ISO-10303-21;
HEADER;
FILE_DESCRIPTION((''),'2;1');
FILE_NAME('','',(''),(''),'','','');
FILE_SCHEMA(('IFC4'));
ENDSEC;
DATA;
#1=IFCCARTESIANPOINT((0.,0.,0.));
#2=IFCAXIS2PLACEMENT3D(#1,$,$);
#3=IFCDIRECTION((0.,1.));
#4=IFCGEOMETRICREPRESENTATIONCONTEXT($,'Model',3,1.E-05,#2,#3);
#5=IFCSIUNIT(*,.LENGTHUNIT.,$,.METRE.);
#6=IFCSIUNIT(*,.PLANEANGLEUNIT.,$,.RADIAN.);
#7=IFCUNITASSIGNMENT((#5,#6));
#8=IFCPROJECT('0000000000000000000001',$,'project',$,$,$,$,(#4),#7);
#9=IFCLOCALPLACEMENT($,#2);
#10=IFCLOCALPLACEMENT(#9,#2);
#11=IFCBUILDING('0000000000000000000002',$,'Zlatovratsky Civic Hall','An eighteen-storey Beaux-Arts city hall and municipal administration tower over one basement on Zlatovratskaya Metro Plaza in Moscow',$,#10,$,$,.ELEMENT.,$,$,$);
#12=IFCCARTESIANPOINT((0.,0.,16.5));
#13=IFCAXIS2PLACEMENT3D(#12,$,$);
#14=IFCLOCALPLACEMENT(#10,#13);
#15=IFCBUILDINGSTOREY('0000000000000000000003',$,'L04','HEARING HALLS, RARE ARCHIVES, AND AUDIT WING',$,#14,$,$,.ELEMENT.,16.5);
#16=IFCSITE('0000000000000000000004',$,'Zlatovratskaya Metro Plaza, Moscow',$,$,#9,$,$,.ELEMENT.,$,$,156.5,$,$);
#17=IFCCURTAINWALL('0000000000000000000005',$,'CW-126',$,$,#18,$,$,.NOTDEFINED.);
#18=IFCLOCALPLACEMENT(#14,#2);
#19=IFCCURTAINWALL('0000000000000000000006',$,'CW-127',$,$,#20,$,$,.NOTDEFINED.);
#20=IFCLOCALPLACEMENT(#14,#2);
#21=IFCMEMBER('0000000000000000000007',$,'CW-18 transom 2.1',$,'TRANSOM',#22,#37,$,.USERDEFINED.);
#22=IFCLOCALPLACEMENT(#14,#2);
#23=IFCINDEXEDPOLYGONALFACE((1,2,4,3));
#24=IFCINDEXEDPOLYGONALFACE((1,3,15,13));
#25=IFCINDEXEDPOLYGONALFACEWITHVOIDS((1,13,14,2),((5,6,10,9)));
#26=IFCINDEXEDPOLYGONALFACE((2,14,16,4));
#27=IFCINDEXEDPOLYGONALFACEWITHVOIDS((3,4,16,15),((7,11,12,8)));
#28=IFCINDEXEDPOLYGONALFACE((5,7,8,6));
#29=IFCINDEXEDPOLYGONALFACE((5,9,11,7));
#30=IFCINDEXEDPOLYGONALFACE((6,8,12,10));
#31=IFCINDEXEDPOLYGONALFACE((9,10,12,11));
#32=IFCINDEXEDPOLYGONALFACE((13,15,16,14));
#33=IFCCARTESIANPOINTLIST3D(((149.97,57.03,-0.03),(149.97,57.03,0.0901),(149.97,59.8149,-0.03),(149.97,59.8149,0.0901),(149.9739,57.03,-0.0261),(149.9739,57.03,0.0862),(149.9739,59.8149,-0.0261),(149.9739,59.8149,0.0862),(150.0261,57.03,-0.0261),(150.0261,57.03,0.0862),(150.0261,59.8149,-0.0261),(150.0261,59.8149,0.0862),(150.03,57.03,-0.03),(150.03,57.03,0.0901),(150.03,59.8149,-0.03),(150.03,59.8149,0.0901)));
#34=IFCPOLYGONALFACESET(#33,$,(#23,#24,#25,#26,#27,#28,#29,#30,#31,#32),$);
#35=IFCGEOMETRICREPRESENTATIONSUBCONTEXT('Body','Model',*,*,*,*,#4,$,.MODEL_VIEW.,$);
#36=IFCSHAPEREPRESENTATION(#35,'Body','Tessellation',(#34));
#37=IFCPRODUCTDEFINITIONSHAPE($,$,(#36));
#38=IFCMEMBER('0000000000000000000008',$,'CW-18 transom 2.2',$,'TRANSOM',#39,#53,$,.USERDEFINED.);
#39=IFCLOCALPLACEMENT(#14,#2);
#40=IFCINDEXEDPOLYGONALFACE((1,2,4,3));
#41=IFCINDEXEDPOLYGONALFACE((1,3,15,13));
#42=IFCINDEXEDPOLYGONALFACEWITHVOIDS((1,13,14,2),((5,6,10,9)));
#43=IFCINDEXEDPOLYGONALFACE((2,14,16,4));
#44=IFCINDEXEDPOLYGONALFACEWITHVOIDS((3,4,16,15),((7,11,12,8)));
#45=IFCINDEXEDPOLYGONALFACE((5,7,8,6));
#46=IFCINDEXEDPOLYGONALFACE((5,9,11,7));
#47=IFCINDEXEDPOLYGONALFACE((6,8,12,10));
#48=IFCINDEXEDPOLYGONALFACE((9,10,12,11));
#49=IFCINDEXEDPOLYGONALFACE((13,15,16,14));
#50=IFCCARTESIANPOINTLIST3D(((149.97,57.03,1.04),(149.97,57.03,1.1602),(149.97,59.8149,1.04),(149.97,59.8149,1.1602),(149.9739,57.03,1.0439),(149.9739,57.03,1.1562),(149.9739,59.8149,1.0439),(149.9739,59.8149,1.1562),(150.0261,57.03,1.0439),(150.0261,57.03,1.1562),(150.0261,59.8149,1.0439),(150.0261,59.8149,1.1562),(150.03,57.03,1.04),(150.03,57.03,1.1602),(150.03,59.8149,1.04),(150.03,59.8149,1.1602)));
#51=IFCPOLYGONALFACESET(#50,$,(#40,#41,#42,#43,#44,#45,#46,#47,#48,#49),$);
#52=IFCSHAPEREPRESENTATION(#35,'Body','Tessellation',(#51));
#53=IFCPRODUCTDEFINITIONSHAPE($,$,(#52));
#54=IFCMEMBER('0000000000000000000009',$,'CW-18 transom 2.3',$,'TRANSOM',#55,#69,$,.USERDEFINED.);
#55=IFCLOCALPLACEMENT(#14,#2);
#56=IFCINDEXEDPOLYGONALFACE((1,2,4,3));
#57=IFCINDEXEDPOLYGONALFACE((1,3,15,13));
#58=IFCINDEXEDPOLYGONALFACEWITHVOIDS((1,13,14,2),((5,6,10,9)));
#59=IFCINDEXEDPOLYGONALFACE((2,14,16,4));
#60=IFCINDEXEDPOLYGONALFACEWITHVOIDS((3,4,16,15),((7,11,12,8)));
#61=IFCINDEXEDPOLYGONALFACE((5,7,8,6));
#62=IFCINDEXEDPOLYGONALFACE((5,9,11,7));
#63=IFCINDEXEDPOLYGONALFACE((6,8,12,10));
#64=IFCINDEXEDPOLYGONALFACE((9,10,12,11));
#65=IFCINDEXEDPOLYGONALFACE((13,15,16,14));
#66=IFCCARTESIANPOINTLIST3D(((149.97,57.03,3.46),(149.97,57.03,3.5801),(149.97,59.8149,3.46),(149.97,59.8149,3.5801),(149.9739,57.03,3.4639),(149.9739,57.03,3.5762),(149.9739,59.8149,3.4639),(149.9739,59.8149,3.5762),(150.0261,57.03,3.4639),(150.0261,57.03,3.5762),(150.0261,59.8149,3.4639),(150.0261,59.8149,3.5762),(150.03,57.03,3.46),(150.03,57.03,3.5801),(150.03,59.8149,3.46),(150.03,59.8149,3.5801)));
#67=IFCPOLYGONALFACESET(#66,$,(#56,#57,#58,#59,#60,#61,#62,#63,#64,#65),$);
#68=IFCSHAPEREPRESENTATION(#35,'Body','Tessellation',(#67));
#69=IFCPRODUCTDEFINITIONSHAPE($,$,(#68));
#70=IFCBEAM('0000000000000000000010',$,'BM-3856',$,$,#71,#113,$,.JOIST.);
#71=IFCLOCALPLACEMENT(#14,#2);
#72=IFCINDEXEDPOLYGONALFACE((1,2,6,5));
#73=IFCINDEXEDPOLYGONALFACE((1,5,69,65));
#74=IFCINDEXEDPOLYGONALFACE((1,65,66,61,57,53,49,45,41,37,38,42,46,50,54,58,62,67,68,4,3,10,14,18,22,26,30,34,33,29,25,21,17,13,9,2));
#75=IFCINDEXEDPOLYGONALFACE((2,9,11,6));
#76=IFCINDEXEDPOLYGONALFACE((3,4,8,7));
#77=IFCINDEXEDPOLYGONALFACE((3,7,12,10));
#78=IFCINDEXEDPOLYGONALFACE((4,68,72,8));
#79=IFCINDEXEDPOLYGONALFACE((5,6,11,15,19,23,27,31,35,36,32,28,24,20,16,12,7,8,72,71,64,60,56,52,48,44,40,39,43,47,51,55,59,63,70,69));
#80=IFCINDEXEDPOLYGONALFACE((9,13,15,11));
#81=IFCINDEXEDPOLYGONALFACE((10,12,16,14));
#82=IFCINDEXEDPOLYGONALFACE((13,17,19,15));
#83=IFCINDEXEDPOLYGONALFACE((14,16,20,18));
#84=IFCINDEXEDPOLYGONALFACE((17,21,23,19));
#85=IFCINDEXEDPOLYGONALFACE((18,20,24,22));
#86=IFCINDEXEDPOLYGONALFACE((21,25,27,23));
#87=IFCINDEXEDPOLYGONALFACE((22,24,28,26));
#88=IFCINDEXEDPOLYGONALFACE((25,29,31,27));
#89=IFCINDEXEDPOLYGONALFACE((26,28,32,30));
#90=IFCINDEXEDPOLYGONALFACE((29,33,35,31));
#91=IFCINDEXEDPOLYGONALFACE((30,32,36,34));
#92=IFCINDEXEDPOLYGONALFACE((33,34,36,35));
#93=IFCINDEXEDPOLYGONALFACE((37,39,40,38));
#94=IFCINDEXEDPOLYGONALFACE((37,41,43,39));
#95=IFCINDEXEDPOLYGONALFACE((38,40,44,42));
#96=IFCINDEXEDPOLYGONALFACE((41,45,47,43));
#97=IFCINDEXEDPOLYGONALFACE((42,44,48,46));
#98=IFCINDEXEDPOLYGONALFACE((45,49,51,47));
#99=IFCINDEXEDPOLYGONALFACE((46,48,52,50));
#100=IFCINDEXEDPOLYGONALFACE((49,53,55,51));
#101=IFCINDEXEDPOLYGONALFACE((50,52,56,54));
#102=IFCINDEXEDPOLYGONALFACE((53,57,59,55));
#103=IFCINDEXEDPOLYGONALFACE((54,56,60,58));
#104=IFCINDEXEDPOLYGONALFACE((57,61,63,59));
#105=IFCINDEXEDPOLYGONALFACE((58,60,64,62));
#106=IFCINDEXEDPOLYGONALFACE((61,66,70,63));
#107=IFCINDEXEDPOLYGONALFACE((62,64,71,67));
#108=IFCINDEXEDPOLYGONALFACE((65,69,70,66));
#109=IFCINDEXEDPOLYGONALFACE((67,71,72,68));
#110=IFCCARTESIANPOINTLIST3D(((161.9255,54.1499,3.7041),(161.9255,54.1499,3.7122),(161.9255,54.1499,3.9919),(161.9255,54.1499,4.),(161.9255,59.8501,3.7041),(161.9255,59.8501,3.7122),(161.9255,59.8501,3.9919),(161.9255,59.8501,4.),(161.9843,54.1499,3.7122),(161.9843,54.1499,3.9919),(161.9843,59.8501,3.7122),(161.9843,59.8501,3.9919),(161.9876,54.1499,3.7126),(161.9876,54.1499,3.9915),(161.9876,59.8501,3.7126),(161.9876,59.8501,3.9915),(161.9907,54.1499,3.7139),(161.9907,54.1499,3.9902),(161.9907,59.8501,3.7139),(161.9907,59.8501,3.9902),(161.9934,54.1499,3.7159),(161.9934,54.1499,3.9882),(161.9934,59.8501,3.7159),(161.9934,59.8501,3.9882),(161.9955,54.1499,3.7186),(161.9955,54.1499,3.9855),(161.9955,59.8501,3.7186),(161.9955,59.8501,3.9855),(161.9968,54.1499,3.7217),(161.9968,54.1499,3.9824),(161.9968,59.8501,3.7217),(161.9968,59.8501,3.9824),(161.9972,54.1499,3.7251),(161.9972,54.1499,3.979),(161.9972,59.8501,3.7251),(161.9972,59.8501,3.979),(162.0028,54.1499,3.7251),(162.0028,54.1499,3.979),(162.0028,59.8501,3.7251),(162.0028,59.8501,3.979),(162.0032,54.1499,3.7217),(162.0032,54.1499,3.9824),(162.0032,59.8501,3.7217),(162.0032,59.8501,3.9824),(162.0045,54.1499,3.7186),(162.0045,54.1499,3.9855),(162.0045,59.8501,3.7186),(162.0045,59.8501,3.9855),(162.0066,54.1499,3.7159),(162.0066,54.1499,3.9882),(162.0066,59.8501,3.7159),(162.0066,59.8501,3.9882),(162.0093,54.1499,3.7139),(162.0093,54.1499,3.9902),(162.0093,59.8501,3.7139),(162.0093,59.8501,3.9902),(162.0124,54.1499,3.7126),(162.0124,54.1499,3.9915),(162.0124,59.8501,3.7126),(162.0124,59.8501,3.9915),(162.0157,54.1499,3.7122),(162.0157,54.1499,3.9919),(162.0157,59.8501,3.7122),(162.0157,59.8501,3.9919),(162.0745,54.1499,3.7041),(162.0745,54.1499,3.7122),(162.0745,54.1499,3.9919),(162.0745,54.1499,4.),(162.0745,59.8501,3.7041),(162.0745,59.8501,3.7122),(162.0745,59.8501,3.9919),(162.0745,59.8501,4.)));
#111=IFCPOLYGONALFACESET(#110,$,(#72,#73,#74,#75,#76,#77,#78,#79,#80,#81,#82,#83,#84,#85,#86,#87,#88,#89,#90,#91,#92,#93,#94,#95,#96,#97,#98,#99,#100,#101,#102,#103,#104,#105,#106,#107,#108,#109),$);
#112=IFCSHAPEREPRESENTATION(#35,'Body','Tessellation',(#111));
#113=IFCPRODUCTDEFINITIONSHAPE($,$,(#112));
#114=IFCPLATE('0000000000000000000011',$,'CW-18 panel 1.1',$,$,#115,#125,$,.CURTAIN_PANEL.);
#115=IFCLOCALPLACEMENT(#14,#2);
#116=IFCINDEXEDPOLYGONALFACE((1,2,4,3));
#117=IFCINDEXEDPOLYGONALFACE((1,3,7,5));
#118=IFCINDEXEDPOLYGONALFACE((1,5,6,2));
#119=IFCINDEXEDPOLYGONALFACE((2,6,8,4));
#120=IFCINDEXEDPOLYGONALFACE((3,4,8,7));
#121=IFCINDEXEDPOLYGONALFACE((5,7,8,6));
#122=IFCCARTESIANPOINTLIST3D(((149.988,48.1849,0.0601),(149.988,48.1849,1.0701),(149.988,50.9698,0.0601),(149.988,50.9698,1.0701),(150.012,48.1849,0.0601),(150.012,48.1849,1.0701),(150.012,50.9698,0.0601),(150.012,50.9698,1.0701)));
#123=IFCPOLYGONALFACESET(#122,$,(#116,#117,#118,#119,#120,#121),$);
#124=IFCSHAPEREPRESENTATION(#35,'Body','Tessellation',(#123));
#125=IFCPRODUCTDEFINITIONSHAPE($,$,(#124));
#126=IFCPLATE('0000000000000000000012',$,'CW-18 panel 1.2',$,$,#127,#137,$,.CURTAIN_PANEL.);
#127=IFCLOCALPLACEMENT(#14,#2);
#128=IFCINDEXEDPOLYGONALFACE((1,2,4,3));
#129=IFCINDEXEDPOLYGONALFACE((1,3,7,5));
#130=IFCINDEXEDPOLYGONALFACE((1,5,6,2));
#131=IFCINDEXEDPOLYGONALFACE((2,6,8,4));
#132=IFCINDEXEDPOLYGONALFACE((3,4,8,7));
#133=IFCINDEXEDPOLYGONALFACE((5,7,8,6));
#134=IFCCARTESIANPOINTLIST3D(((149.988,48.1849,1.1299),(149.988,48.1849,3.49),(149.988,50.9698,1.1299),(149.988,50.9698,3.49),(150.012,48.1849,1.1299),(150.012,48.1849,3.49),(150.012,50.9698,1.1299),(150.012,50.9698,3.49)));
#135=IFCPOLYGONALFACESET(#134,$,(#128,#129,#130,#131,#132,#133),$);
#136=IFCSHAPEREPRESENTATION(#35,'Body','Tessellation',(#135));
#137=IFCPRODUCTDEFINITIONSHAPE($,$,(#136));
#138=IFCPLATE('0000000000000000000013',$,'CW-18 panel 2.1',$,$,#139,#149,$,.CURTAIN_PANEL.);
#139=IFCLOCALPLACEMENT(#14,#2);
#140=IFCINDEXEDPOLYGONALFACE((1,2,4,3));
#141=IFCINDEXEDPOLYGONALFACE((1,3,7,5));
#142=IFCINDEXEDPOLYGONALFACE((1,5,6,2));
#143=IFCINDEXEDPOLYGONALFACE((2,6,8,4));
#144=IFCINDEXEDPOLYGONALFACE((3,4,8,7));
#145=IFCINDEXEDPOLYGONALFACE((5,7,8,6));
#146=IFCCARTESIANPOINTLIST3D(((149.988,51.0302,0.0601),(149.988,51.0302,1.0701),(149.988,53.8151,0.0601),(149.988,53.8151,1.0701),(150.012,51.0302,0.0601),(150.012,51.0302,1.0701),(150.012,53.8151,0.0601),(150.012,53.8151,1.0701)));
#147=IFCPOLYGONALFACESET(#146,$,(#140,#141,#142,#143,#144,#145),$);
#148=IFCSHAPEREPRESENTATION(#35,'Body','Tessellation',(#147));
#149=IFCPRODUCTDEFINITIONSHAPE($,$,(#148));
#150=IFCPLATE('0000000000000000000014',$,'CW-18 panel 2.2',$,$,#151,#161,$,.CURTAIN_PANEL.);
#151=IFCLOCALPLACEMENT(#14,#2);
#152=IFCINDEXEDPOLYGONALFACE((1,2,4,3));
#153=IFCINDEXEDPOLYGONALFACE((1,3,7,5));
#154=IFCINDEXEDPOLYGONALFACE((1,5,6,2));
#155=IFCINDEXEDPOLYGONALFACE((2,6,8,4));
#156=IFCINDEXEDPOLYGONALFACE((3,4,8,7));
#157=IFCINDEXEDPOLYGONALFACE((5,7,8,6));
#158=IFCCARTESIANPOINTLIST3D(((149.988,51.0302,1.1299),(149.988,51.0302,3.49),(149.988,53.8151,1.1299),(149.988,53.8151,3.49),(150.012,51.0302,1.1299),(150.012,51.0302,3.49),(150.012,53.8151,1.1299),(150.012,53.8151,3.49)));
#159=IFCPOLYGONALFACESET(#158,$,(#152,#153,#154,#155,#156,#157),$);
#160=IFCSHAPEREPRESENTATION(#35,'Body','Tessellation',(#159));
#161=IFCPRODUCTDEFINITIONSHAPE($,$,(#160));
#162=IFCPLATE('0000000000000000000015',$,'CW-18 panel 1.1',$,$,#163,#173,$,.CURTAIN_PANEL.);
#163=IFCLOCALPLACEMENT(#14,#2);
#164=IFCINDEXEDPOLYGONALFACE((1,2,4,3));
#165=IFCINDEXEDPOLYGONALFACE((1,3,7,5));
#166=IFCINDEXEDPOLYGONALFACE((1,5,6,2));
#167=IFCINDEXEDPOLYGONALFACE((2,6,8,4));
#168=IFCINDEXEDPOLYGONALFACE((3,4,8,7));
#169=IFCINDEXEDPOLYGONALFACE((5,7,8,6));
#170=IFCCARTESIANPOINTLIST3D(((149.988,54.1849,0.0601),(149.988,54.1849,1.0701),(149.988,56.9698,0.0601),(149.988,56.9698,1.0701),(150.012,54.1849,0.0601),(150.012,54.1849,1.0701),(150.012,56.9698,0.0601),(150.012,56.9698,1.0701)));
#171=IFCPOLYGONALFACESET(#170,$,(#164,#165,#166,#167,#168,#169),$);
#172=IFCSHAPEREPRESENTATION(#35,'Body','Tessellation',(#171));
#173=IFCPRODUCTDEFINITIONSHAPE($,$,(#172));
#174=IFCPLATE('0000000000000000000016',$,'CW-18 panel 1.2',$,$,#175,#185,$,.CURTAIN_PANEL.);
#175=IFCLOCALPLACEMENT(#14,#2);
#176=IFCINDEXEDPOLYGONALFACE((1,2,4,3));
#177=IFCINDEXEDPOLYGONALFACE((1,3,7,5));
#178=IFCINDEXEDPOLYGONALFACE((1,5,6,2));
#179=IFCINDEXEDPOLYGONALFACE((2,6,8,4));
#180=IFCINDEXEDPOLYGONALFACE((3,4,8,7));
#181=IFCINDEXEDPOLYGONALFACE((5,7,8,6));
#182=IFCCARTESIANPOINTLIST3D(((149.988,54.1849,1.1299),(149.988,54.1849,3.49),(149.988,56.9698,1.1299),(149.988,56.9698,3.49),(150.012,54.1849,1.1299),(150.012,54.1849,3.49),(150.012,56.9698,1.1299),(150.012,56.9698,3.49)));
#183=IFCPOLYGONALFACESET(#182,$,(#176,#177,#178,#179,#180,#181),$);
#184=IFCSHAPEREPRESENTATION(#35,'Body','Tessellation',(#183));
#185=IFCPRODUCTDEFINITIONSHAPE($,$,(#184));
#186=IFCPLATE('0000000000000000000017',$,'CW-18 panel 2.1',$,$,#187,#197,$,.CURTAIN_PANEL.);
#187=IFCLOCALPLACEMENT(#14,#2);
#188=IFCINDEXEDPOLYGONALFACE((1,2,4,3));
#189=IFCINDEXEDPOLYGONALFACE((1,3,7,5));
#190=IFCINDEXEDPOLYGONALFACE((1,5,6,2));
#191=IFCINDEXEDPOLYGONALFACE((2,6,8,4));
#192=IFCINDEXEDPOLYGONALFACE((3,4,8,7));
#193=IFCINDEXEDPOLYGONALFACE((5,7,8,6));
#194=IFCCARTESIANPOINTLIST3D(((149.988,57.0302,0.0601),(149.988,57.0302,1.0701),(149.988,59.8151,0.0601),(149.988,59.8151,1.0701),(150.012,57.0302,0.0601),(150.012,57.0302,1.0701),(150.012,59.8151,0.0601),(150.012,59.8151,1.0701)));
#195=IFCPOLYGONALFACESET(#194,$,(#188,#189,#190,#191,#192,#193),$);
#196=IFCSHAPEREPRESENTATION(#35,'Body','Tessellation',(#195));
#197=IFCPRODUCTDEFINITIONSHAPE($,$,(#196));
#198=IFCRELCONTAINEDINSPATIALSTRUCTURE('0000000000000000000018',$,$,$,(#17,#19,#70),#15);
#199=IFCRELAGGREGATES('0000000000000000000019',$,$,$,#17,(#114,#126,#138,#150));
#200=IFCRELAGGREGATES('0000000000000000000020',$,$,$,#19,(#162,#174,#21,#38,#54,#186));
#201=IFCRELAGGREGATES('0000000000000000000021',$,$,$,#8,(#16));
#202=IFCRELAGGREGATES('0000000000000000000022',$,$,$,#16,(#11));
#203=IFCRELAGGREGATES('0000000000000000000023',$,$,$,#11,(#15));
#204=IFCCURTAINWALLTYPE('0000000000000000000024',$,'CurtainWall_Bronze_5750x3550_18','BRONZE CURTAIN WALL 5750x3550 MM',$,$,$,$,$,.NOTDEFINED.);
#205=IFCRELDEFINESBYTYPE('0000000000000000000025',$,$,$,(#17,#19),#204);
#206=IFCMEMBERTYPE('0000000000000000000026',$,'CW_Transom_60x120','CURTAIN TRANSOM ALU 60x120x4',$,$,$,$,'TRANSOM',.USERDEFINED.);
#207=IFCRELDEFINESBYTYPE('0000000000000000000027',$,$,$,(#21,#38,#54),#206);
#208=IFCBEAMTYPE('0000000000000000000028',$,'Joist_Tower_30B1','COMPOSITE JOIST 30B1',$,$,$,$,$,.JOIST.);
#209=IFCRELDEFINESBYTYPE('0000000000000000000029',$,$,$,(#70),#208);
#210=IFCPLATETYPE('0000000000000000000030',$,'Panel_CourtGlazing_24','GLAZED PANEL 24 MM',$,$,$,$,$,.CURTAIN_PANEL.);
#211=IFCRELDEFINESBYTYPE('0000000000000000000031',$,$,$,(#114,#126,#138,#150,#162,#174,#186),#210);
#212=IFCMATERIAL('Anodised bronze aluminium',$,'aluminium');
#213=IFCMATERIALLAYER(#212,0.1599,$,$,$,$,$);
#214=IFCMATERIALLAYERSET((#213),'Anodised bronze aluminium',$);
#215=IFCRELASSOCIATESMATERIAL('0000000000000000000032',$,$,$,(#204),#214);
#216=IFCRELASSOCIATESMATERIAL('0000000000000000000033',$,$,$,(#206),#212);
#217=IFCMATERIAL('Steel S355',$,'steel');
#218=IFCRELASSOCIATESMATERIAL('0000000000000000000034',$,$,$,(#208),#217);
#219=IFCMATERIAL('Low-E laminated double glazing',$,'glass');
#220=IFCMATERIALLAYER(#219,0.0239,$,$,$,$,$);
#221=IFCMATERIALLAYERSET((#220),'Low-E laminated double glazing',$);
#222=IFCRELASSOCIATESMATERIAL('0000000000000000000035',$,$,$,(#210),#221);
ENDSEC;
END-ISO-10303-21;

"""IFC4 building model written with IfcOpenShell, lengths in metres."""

from ifc_helpers import new_model, si_unit, direction, frame, origin, origin_2d, place, context, subcontext, project, spatial, rectangle, hollow_rectangle, i_section, extrude, material, layer, layer_set, material_profile, profile_set, type_object, element, aggregate, save


model = new_model("IFC4")

# Units and contexts
model_context = context("Model", 3, precision=1e-05, world=origin(), true_north=direction((0.0, 1.0)))
body_context = subcontext(model_context, "Body", "Model", "MODEL_VIEW")
ifc_project = project(units=[si_unit("LENGTHUNIT", "METRE"), si_unit("PLANEANGLEUNIT", "RADIAN")], contexts=[model_context])

# Site, building, storey
site_placement = place(None, origin())
site = spatial("IfcSite", under=ifc_project, at=site_placement, Name="Zlatovratskaya Metro Plaza, Moscow", CompositionType="ELEMENT", RefElevation=156.5)
building_placement = place(site_placement, origin())
building = spatial("IfcBuilding", under=site, at=building_placement, Name="Zlatovratsky Civic Hall", Description="An eighteen-storey Beaux-Arts city hall and municipal administration tower over one basement on Zlatovratskaya Metro Plaza in Moscow", CompositionType="ELEMENT")
storey_placement = place(building_placement, frame((0.0, 0.0, 16.5)))
storey = spatial("IfcBuildingStorey", under=building, at=storey_placement, Name="L04", Description="HEARING HALLS, RARE ARCHIVES, AND AUDIT WING", CompositionType="ELEMENT", Elevation=16.5)

# Shared definitions
ifc_material_1 = material(Name="Steel S355", Category="steel")

# Curtain walls
ifc_material_2 = material(Name="Anodised bronze aluminium", Category="aluminium")
ifc_layer_1 = layer(ifc_material_2, 0.1599)
ifc_layer_set_1 = layer_set([ifc_layer_1], Name="Anodised bronze aluminium")
curtain_wall_type = type_object("IfcCurtainWallType", Name="CurtainWall_Bronze_5750x3550_18", Description="BRONZE CURTAIN WALL 5750x3550 MM", PredefinedType="NOTDEFINED", material=ifc_layer_set_1)
curtain_wall_1_placement = place(storey_placement, origin())
curtain_wall_1 = element("IfcCurtainWall", 1, at=curtain_wall_1_placement, inside=storey, type_object=curtain_wall_type, Name="CW-126", PredefinedType="NOTDEFINED")
curtain_wall_2_placement = place(storey_placement, origin())
curtain_wall_2 = element("IfcCurtainWall", 2, at=curtain_wall_2_placement, inside=storey, type_object=curtain_wall_type, Name="CW-127", PredefinedType="NOTDEFINED")

# Members
ifc_material_profile_1 = material_profile(ifc_material_2, hollow_rectangle(XDim=0.0601, YDim=0.1201, WallThickness=0.0039, at=origin_2d()), Name="ALU 60x120x4")
ifc_profile_set_1 = profile_set([ifc_material_profile_1], Name="Anodised bronze aluminium")
member_type_1 = type_object("IfcMemberType", Name="CW_Transom_60x120", Description="CURTAIN TRANSOM ALU 60x120x4", ElementType="TRANSOM", PredefinedType="USERDEFINED", material=ifc_profile_set_1)
member_1_placement = place(storey_placement, frame((150.0, 57.03, 0.03), z_axis=(0.0, 1.0, 0.0), x_axis=(-1.0, 0.0, 0.0)))
member_1 = element("IfcMember", 3, at=member_1_placement, type_object=member_type_1, Name="CW-18 transom 2.1", ObjectType="TRANSOM", PredefinedType="USERDEFINED", context=body_context, shape_type="SweptSolid", body=[
    extrude(hollow_rectangle(XDim=0.0601, YDim=0.1201, WallThickness=0.0039, at=origin_2d()), origin(), (0.0, 0.0, 1.0), 2.7849),
])
member_2_placement = place(storey_placement, frame((150.0, 57.03, 1.1001), z_axis=(0.0, 1.0, 0.0), x_axis=(-1.0, 0.0, 0.0)))
member_2 = element("IfcMember", 4, at=member_2_placement, type_object=member_type_1, Name="CW-18 transom 2.2", ObjectType="TRANSOM", PredefinedType="USERDEFINED", context=body_context, shape_type="SweptSolid", body=[
    extrude(hollow_rectangle(XDim=0.0601, YDim=0.1201, WallThickness=0.0039, at=origin_2d()), origin(), (0.0, 0.0, 1.0), 2.7849),
])
member_3_placement = place(storey_placement, frame((150.0, 57.03, 3.52), z_axis=(0.0, 1.0, 0.0), x_axis=(-1.0, 0.0, 0.0)))
member_3 = element("IfcMember", 5, at=member_3_placement, type_object=member_type_1, Name="CW-18 transom 2.3", ObjectType="TRANSOM", PredefinedType="USERDEFINED", context=body_context, shape_type="SweptSolid", body=[
    extrude(hollow_rectangle(XDim=0.0601, YDim=0.1201, WallThickness=0.0039, at=origin_2d()), origin(), (0.0, 0.0, 1.0), 2.7849),
])

# Beam
ifc_material_profile_2 = material_profile(ifc_material_1, i_section(OverallWidth=0.1489, OverallDepth=0.2959, WebThickness=0.0056, FlangeThickness=0.0081, FilletRadius=0.0129, at=origin_2d()), Name="30B1")
ifc_profile_set_2 = profile_set([ifc_material_profile_2], Name="Steel S355")
beam_type_1 = type_object("IfcBeamType", Name="Joist_Tower_30B1", Description="COMPOSITE JOIST 30B1", PredefinedType="JOIST", material=ifc_profile_set_2)
beam_1_placement = place(storey_placement, frame((162.0, 54.1499, 3.8521), z_axis=(0.0, 1.0, 0.0), x_axis=(-1.0, 0.0, 0.0)))
element("IfcBeam", 6, at=beam_1_placement, inside=storey, type_object=beam_type_1, Name="BM-3856", PredefinedType="JOIST", context=body_context, shape_type="SweptSolid", body=[
    extrude(i_section(OverallWidth=0.1489, OverallDepth=0.2959, WebThickness=0.0056, FlangeThickness=0.0081, FilletRadius=0.0129, at=origin_2d()), origin(), (0.0, 0.0, 1.0), 5.7002),
])

# Plates
ifc_material_3 = material(Name="Low-E laminated double glazing", Category="glass")
ifc_layer_2 = layer(ifc_material_3, 0.0239)
ifc_layer_set_2 = layer_set([ifc_layer_2], Name="Low-E laminated double glazing")
plate_type = type_object("IfcPlateType", Name="Panel_CourtGlazing_24", Description="GLAZED PANEL 24 MM", PredefinedType="CURTAIN_PANEL", material=ifc_layer_set_2)
plate_1_placement = place(storey_placement, frame((150.0, 49.5774, 0.0601), z_axis=(0.0, 0.0, 1.0), x_axis=(0.0, 1.0, 0.0)))
plate_1 = element("IfcPlate", 7, at=plate_1_placement, type_object=plate_type, Name="CW-18 panel 1.1", PredefinedType="CURTAIN_PANEL", context=body_context, shape_type="SweptSolid", body=[
    extrude(rectangle(XDim=2.7849, YDim=0.0239, at=origin_2d()), origin(), (0.0, 0.0, 1.0), 1.01),
])
plate_2_placement = place(storey_placement, frame((150.0, 49.5774, 1.1299), z_axis=(0.0, 0.0, 1.0), x_axis=(0.0, 1.0, 0.0)))
plate_2 = element("IfcPlate", 8, at=plate_2_placement, type_object=plate_type, Name="CW-18 panel 1.2", PredefinedType="CURTAIN_PANEL", context=body_context, shape_type="SweptSolid", body=[
    extrude(rectangle(XDim=2.7849, YDim=0.0239, at=origin_2d()), origin(), (0.0, 0.0, 1.0), 2.3601),
])
plate_3_placement = place(storey_placement, frame((150.0, 52.4226, 0.0601), z_axis=(0.0, 0.0, 1.0), x_axis=(0.0, 1.0, 0.0)))
plate_3 = element("IfcPlate", 9, at=plate_3_placement, type_object=plate_type, Name="CW-18 panel 2.1", PredefinedType="CURTAIN_PANEL", context=body_context, shape_type="SweptSolid", body=[
    extrude(rectangle(XDim=2.7849, YDim=0.0239, at=origin_2d()), origin(), (0.0, 0.0, 1.0), 1.01),
])
plate_4_placement = place(storey_placement, frame((150.0, 52.4226, 1.1299), z_axis=(0.0, 0.0, 1.0), x_axis=(0.0, 1.0, 0.0)))
plate_4 = element("IfcPlate", 10, at=plate_4_placement, type_object=plate_type, Name="CW-18 panel 2.2", PredefinedType="CURTAIN_PANEL", context=body_context, shape_type="SweptSolid", body=[
    extrude(rectangle(XDim=2.7849, YDim=0.0239, at=origin_2d()), origin(), (0.0, 0.0, 1.0), 2.3601),
])
aggregate(curtain_wall_1, [plate_1, plate_2, plate_3, plate_4])
plate_5_placement = place(storey_placement, frame((150.0, 55.5774, 0.0601), z_axis=(0.0, 0.0, 1.0), x_axis=(0.0, 1.0, 0.0)))
plate_5 = element("IfcPlate", 11, at=plate_5_placement, type_object=plate_type, Name="CW-18 panel 1.1", PredefinedType="CURTAIN_PANEL", context=body_context, shape_type="SweptSolid", body=[
    extrude(rectangle(XDim=2.7849, YDim=0.0239, at=origin_2d()), origin(), (0.0, 0.0, 1.0), 1.01),
])
plate_6_placement = place(storey_placement, frame((150.0, 55.5774, 1.1299), z_axis=(0.0, 0.0, 1.0), x_axis=(0.0, 1.0, 0.0)))
plate_6 = element("IfcPlate", 12, at=plate_6_placement, type_object=plate_type, Name="CW-18 panel 1.2", PredefinedType="CURTAIN_PANEL", context=body_context, shape_type="SweptSolid", body=[
    extrude(rectangle(XDim=2.7849, YDim=0.0239, at=origin_2d()), origin(), (0.0, 0.0, 1.0), 2.3601),
])
plate_7_placement = place(storey_placement, frame((150.0, 58.4226, 0.0601), z_axis=(0.0, 0.0, 1.0), x_axis=(0.0, 1.0, 0.0)))
plate_7 = element("IfcPlate", 13, at=plate_7_placement, type_object=plate_type, Name="CW-18 panel 2.1", PredefinedType="CURTAIN_PANEL", context=body_context, shape_type="SweptSolid", body=[
    extrude(rectangle(XDim=2.7849, YDim=0.0239, at=origin_2d()), origin(), (0.0, 0.0, 1.0), 1.01),
])
aggregate(curtain_wall_2, [plate_5, plate_6, member_1, member_2, member_3, plate_7])

save(model, "model.ifc")
